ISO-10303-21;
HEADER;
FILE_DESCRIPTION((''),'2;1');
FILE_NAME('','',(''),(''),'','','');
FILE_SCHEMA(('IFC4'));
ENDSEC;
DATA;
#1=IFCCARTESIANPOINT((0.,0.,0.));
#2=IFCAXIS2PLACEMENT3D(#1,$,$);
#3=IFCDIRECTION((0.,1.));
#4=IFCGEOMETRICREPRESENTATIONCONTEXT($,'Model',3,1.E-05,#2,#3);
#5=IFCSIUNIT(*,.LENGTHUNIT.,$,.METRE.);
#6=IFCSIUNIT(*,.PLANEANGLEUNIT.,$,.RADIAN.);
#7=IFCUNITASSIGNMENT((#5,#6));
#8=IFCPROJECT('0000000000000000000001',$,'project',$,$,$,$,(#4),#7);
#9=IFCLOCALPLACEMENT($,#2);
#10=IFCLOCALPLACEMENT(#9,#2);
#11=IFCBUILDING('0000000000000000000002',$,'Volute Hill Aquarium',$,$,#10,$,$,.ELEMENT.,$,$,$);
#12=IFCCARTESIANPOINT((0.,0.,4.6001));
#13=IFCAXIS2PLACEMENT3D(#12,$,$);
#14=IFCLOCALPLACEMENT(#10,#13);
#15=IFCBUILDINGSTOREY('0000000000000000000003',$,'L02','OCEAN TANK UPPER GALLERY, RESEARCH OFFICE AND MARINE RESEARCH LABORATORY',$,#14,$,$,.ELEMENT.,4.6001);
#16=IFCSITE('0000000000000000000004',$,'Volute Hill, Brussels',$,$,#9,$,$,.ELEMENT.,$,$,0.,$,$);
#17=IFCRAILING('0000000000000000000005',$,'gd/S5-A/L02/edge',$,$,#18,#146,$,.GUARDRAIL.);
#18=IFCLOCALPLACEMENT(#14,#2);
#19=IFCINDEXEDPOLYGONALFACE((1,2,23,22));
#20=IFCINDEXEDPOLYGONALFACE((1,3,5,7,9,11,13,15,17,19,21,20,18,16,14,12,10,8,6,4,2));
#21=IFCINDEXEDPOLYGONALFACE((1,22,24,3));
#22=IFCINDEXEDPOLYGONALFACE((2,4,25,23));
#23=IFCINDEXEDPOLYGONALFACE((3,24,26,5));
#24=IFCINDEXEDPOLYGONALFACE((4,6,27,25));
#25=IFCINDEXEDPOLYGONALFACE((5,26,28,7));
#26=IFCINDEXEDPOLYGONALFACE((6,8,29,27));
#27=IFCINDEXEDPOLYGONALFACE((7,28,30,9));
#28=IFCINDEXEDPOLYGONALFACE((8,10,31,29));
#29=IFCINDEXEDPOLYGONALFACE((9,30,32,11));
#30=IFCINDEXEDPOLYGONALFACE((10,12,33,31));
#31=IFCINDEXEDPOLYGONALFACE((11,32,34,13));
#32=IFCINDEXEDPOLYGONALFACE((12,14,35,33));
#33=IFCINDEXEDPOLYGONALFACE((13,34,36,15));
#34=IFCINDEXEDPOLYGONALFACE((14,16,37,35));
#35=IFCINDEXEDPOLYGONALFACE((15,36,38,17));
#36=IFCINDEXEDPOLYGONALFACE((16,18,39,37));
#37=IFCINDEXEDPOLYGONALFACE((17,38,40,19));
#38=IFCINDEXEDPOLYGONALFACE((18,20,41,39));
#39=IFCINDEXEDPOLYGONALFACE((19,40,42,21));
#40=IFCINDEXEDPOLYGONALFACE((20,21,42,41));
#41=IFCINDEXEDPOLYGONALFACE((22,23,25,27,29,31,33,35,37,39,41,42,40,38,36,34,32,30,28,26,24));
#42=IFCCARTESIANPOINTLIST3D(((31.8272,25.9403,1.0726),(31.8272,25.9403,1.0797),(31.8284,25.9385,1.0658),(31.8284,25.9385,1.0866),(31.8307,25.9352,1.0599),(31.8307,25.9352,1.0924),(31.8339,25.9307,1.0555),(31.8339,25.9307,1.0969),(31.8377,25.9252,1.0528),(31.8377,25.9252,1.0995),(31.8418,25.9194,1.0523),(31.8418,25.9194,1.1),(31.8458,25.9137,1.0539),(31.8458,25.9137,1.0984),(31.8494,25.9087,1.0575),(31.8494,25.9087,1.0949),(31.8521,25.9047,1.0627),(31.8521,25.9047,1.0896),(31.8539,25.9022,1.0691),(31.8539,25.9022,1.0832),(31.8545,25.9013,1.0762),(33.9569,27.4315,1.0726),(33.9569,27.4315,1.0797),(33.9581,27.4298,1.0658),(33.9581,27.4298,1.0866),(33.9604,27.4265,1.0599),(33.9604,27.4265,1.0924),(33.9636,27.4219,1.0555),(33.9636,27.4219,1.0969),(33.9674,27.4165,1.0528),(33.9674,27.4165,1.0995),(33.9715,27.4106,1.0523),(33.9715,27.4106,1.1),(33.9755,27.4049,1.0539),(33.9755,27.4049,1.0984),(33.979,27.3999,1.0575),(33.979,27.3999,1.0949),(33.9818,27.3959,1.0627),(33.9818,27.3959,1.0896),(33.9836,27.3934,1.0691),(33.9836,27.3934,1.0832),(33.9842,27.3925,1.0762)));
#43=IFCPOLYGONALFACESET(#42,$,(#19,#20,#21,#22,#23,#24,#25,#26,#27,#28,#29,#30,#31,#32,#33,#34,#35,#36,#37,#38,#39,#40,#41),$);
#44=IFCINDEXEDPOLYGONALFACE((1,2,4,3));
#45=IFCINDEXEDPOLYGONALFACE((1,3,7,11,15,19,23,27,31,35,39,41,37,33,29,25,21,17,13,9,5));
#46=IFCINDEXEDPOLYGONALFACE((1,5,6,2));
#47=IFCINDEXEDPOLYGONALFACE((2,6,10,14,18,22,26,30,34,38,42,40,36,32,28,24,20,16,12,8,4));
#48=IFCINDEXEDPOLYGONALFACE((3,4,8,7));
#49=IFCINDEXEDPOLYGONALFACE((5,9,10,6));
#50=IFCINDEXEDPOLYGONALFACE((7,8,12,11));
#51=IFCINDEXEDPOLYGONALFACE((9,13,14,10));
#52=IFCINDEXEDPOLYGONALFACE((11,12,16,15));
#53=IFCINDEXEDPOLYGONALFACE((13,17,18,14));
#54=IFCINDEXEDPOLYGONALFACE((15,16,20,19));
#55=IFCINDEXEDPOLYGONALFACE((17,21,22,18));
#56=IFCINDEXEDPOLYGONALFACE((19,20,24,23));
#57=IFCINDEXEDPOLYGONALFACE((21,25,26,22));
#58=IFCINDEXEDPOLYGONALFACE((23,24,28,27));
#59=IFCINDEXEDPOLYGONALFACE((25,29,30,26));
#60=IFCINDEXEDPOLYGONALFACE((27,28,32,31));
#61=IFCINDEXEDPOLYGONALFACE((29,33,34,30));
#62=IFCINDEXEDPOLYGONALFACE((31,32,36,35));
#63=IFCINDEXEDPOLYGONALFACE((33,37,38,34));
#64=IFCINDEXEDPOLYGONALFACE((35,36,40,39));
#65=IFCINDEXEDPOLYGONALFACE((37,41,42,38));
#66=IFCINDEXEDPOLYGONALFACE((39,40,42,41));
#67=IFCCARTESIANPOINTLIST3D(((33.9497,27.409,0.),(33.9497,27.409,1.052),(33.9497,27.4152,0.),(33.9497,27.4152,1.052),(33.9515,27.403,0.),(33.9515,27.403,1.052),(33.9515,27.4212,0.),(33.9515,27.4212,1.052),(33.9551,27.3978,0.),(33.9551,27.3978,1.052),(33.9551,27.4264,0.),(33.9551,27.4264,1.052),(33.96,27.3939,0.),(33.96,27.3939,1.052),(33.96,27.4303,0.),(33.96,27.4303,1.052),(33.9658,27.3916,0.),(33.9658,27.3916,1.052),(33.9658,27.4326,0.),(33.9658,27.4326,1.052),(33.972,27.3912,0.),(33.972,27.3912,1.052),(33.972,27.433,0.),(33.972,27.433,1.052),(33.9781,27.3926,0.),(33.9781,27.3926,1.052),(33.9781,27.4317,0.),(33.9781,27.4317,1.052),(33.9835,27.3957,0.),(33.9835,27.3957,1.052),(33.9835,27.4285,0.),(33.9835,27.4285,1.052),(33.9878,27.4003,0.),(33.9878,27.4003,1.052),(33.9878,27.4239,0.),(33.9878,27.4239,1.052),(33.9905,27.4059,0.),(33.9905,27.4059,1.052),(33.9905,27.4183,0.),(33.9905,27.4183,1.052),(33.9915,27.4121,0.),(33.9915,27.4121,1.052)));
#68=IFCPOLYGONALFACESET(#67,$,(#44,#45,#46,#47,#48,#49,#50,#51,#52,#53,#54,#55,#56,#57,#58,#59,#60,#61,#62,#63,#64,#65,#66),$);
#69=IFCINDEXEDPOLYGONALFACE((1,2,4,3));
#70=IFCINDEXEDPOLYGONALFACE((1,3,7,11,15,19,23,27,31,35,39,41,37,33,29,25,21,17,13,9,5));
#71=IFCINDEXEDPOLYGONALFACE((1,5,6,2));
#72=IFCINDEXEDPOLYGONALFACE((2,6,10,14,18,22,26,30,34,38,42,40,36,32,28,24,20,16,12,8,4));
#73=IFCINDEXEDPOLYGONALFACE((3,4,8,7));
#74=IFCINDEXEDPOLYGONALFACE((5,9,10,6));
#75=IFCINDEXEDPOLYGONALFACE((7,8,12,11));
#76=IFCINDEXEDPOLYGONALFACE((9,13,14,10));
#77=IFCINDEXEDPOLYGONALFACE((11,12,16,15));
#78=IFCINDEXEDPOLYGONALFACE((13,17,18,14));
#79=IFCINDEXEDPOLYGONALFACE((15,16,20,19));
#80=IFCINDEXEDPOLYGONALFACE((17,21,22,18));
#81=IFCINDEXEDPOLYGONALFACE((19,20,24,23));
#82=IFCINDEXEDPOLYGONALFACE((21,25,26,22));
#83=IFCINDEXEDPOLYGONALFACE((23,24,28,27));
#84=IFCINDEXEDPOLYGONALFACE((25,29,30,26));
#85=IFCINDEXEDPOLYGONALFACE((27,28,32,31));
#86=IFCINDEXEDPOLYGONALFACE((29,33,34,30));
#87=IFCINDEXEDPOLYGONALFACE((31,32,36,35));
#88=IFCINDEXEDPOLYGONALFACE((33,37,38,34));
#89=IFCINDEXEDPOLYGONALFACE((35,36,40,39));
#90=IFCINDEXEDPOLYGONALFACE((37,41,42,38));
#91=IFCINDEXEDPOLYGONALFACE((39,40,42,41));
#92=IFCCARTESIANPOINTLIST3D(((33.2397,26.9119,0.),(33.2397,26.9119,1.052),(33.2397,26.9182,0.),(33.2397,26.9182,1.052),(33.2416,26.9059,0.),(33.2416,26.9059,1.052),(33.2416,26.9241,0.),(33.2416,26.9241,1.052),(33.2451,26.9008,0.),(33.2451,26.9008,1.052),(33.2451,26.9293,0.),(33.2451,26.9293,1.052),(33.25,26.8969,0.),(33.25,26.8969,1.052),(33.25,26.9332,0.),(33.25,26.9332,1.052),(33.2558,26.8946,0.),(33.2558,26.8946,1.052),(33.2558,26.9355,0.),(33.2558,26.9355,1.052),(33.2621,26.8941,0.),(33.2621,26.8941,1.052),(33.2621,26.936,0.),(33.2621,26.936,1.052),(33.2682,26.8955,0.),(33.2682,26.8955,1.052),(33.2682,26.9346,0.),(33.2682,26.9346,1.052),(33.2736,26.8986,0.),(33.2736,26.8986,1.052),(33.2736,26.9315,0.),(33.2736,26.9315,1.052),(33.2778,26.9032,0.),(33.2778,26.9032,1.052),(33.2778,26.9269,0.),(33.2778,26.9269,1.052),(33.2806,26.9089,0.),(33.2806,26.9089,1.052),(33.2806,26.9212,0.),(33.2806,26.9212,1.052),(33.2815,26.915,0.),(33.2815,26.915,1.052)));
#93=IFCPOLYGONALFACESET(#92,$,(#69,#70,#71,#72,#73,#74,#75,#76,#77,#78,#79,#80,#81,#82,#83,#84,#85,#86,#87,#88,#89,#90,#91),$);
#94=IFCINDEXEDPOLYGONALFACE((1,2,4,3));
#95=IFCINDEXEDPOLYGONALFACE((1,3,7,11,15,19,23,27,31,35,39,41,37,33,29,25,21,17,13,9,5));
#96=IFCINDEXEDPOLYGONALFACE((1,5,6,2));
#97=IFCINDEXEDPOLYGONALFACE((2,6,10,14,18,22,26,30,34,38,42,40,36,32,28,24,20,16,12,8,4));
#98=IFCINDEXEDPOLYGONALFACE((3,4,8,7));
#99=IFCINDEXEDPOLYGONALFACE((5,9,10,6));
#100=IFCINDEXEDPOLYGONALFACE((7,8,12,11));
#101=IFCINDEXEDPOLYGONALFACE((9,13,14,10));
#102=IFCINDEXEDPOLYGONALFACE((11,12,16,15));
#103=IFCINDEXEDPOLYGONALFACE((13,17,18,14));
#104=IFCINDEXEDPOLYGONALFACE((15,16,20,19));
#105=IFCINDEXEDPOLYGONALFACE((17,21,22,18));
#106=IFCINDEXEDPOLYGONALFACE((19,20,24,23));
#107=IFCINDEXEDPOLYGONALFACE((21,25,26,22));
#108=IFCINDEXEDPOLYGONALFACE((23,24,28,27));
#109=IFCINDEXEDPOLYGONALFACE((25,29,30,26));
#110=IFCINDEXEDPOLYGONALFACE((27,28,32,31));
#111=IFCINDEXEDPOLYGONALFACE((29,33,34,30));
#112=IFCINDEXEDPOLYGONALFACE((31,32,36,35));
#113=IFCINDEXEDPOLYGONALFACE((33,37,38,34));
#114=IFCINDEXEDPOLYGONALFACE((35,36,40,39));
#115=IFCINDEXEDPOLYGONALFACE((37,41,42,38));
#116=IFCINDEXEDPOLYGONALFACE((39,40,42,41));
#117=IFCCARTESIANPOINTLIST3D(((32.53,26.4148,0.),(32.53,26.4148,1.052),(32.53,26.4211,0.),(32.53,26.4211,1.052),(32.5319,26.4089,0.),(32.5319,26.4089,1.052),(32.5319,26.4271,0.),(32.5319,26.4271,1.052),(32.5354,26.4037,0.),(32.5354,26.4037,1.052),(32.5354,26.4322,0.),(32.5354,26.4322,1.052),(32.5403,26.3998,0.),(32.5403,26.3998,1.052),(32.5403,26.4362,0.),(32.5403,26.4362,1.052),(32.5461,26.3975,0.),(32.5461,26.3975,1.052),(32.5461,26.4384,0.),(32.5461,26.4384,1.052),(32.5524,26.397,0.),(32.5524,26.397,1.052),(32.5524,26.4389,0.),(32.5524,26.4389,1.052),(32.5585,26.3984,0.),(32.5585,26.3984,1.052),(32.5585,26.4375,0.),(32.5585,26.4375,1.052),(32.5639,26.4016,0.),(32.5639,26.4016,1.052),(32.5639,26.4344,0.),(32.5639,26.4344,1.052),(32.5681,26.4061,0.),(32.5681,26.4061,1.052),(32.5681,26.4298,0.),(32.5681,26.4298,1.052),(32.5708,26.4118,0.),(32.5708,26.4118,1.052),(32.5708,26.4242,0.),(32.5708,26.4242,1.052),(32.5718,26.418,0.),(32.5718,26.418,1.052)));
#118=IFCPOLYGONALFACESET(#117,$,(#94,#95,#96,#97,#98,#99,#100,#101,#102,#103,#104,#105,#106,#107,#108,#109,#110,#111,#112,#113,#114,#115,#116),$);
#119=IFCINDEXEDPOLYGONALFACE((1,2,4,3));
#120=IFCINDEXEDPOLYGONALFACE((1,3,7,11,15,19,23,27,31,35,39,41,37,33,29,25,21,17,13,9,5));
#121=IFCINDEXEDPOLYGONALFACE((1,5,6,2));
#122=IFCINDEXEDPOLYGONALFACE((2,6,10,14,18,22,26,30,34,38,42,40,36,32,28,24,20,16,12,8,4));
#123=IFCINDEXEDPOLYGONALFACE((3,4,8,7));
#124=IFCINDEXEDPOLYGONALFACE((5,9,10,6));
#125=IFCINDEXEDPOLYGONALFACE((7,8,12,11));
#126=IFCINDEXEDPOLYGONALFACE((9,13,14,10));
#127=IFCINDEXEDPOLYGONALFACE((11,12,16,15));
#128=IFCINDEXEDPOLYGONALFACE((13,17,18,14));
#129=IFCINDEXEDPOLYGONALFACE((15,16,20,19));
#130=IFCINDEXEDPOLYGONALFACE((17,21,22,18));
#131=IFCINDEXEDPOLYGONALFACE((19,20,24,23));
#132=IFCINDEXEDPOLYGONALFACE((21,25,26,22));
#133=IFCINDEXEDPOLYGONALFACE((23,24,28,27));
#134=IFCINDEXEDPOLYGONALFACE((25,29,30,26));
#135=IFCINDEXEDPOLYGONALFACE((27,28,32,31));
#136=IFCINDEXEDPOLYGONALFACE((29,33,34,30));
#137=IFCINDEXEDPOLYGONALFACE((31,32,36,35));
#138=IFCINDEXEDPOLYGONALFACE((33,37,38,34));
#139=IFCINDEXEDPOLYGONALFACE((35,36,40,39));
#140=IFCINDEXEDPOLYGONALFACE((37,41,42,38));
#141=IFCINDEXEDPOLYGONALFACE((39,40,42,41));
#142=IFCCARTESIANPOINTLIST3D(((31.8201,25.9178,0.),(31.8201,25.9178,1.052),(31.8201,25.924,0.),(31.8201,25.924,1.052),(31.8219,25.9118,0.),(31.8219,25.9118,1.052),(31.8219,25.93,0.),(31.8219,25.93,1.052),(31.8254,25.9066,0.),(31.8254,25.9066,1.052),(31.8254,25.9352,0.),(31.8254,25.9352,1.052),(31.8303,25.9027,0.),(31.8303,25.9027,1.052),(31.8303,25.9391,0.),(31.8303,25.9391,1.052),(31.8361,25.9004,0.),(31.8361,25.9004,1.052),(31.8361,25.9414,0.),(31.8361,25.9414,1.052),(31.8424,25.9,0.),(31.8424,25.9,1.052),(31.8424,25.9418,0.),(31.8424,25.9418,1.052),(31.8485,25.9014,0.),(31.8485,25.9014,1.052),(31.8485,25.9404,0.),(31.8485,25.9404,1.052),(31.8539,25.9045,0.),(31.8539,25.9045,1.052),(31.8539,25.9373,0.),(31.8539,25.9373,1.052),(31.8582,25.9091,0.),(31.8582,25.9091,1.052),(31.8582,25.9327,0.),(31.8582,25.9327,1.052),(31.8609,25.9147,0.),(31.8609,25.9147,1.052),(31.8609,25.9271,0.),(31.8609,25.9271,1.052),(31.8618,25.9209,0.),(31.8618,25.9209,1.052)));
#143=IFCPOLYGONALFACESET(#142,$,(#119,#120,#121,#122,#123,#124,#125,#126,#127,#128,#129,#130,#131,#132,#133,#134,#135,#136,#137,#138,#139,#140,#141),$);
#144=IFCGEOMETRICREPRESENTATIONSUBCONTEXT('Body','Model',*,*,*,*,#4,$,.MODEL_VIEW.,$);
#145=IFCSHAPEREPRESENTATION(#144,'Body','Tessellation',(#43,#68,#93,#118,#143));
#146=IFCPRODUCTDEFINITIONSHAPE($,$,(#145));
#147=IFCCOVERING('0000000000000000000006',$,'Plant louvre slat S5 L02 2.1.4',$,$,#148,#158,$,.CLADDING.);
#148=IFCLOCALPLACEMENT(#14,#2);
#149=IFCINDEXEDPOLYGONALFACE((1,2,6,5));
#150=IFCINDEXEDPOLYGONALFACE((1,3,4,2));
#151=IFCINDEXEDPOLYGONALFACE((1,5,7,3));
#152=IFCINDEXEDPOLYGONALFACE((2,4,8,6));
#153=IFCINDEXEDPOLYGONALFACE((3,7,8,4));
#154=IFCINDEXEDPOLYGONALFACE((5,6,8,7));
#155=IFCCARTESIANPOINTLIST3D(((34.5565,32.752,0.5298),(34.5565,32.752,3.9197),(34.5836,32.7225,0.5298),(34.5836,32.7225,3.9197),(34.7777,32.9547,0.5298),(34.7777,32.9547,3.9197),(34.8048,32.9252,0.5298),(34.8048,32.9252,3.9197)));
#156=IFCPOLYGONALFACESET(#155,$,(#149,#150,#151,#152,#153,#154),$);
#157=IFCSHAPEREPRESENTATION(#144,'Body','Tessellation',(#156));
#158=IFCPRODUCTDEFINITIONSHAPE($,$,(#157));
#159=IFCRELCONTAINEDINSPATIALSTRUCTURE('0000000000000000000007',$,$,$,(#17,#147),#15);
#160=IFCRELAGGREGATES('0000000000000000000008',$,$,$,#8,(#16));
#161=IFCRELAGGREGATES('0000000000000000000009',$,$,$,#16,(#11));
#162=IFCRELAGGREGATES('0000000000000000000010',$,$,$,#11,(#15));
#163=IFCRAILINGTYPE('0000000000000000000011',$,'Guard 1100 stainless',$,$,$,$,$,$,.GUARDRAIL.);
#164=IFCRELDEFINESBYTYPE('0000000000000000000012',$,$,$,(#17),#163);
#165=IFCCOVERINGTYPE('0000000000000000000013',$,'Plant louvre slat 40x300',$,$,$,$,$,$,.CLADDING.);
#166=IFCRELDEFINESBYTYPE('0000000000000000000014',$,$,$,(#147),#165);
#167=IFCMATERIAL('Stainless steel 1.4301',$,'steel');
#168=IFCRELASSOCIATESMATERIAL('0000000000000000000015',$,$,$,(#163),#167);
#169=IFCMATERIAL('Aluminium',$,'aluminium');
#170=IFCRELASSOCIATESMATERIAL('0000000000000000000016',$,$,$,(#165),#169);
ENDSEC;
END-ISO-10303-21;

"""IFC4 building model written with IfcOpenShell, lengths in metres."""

from ifc_helpers import new_model, si_unit, direction, frame, origin, origin_2d, place, context, subcontext, project, spatial, rectangle, circle, extrude, material, type_object, element, save


model = new_model("IFC4")

# Units and contexts
model_context = context("Model", 3, precision=1e-05, world=origin(), true_north=direction((0.0, 1.0)))
body_context = subcontext(model_context, "Body", "Model", "MODEL_VIEW")
ifc_project = project(units=[si_unit("LENGTHUNIT", "METRE"), si_unit("PLANEANGLEUNIT", "RADIAN")], contexts=[model_context])

# Site, building, storey
site_placement = place(None, origin())
site = spatial("IfcSite", under=ifc_project, at=site_placement, Name="Volute Hill, Brussels", CompositionType="ELEMENT", RefElevation=0.0)
building_placement = place(site_placement, origin())
building = spatial("IfcBuilding", under=site, at=building_placement, Name="Volute Hill Aquarium", CompositionType="ELEMENT")
storey_placement = place(building_placement, frame((0.0, 0.0, 4.6001)))
storey = spatial("IfcBuildingStorey", under=building, at=storey_placement, Name="L02", Description="OCEAN TANK UPPER GALLERY, RESEARCH OFFICE AND MARINE RESEARCH LABORATORY", CompositionType="ELEMENT", Elevation=4.6001)

# Railing
ifc_material_1 = material(Name="Stainless steel 1.4301", Category="steel")
railing_type_1 = type_object("IfcRailingType", Name="Guard 1100 stainless", PredefinedType="GUARDRAIL", material=ifc_material_1)
railing_1_placement = place(storey_placement, frame((33.9705, 27.4121, 0.0)))
element("IfcRailing", 1, at=railing_1_placement, inside=storey, type_object=railing_type_1, Name="gd/S5-A/L02/edge", PredefinedType="GUARDRAIL", context=body_context, shape_type="SweptSolid", body=[
    extrude(circle(Radius=0.0239, at=origin_2d()), frame((0.0, 0.0, 1.0762), z_axis=(-0.819148, -0.573582, 0.0), x_axis=(0.573582, -0.819148, 0.0)), (0.0, 0.0, 1.0), 2.5999),
    extrude(circle(Radius=0.021, at=origin_2d()), origin(), (0.0, 0.0, 1.0), 1.052),
    extrude(circle(Radius=0.021, at=origin_2d()), frame((-0.71, -0.4971, 0.0)), (0.0, 0.0, 1.0), 1.052),
    extrude(circle(Radius=0.021, at=origin_2d()), frame((-1.4197, -0.9941, 0.0)), (0.0, 0.0, 1.0), 1.052),
    extrude(circle(Radius=0.021, at=origin_2d()), frame((-2.1296, -1.4912, 0.0)), (0.0, 0.0, 1.0), 1.052),
])

# Covering
ifc_material_2 = material(Name="Aluminium", Category="aluminium")
covering_type_1 = type_object("IfcCoveringType", Name="Plant louvre slat 40x300", PredefinedType="CLADDING", material=ifc_material_2)
covering_1_placement = place(storey_placement, frame((34.6807, 32.8386, 0.5298), z_axis=(0.0, 0.0, 1.0), x_axis=(-0.675585, 0.737282, 0.0)))
element("IfcCovering", 2, at=covering_1_placement, inside=storey, type_object=covering_type_1, Name="Plant louvre slat S5 L02 2.1.4", PredefinedType="CLADDING", context=body_context, shape_type="SweptSolid", body=[
    extrude(rectangle(XDim=0.04, YDim=0.3, at=origin_2d()), origin(), (0.0, 0.0, 1.0), 3.3899),
])

save(model, "model.ifc")
